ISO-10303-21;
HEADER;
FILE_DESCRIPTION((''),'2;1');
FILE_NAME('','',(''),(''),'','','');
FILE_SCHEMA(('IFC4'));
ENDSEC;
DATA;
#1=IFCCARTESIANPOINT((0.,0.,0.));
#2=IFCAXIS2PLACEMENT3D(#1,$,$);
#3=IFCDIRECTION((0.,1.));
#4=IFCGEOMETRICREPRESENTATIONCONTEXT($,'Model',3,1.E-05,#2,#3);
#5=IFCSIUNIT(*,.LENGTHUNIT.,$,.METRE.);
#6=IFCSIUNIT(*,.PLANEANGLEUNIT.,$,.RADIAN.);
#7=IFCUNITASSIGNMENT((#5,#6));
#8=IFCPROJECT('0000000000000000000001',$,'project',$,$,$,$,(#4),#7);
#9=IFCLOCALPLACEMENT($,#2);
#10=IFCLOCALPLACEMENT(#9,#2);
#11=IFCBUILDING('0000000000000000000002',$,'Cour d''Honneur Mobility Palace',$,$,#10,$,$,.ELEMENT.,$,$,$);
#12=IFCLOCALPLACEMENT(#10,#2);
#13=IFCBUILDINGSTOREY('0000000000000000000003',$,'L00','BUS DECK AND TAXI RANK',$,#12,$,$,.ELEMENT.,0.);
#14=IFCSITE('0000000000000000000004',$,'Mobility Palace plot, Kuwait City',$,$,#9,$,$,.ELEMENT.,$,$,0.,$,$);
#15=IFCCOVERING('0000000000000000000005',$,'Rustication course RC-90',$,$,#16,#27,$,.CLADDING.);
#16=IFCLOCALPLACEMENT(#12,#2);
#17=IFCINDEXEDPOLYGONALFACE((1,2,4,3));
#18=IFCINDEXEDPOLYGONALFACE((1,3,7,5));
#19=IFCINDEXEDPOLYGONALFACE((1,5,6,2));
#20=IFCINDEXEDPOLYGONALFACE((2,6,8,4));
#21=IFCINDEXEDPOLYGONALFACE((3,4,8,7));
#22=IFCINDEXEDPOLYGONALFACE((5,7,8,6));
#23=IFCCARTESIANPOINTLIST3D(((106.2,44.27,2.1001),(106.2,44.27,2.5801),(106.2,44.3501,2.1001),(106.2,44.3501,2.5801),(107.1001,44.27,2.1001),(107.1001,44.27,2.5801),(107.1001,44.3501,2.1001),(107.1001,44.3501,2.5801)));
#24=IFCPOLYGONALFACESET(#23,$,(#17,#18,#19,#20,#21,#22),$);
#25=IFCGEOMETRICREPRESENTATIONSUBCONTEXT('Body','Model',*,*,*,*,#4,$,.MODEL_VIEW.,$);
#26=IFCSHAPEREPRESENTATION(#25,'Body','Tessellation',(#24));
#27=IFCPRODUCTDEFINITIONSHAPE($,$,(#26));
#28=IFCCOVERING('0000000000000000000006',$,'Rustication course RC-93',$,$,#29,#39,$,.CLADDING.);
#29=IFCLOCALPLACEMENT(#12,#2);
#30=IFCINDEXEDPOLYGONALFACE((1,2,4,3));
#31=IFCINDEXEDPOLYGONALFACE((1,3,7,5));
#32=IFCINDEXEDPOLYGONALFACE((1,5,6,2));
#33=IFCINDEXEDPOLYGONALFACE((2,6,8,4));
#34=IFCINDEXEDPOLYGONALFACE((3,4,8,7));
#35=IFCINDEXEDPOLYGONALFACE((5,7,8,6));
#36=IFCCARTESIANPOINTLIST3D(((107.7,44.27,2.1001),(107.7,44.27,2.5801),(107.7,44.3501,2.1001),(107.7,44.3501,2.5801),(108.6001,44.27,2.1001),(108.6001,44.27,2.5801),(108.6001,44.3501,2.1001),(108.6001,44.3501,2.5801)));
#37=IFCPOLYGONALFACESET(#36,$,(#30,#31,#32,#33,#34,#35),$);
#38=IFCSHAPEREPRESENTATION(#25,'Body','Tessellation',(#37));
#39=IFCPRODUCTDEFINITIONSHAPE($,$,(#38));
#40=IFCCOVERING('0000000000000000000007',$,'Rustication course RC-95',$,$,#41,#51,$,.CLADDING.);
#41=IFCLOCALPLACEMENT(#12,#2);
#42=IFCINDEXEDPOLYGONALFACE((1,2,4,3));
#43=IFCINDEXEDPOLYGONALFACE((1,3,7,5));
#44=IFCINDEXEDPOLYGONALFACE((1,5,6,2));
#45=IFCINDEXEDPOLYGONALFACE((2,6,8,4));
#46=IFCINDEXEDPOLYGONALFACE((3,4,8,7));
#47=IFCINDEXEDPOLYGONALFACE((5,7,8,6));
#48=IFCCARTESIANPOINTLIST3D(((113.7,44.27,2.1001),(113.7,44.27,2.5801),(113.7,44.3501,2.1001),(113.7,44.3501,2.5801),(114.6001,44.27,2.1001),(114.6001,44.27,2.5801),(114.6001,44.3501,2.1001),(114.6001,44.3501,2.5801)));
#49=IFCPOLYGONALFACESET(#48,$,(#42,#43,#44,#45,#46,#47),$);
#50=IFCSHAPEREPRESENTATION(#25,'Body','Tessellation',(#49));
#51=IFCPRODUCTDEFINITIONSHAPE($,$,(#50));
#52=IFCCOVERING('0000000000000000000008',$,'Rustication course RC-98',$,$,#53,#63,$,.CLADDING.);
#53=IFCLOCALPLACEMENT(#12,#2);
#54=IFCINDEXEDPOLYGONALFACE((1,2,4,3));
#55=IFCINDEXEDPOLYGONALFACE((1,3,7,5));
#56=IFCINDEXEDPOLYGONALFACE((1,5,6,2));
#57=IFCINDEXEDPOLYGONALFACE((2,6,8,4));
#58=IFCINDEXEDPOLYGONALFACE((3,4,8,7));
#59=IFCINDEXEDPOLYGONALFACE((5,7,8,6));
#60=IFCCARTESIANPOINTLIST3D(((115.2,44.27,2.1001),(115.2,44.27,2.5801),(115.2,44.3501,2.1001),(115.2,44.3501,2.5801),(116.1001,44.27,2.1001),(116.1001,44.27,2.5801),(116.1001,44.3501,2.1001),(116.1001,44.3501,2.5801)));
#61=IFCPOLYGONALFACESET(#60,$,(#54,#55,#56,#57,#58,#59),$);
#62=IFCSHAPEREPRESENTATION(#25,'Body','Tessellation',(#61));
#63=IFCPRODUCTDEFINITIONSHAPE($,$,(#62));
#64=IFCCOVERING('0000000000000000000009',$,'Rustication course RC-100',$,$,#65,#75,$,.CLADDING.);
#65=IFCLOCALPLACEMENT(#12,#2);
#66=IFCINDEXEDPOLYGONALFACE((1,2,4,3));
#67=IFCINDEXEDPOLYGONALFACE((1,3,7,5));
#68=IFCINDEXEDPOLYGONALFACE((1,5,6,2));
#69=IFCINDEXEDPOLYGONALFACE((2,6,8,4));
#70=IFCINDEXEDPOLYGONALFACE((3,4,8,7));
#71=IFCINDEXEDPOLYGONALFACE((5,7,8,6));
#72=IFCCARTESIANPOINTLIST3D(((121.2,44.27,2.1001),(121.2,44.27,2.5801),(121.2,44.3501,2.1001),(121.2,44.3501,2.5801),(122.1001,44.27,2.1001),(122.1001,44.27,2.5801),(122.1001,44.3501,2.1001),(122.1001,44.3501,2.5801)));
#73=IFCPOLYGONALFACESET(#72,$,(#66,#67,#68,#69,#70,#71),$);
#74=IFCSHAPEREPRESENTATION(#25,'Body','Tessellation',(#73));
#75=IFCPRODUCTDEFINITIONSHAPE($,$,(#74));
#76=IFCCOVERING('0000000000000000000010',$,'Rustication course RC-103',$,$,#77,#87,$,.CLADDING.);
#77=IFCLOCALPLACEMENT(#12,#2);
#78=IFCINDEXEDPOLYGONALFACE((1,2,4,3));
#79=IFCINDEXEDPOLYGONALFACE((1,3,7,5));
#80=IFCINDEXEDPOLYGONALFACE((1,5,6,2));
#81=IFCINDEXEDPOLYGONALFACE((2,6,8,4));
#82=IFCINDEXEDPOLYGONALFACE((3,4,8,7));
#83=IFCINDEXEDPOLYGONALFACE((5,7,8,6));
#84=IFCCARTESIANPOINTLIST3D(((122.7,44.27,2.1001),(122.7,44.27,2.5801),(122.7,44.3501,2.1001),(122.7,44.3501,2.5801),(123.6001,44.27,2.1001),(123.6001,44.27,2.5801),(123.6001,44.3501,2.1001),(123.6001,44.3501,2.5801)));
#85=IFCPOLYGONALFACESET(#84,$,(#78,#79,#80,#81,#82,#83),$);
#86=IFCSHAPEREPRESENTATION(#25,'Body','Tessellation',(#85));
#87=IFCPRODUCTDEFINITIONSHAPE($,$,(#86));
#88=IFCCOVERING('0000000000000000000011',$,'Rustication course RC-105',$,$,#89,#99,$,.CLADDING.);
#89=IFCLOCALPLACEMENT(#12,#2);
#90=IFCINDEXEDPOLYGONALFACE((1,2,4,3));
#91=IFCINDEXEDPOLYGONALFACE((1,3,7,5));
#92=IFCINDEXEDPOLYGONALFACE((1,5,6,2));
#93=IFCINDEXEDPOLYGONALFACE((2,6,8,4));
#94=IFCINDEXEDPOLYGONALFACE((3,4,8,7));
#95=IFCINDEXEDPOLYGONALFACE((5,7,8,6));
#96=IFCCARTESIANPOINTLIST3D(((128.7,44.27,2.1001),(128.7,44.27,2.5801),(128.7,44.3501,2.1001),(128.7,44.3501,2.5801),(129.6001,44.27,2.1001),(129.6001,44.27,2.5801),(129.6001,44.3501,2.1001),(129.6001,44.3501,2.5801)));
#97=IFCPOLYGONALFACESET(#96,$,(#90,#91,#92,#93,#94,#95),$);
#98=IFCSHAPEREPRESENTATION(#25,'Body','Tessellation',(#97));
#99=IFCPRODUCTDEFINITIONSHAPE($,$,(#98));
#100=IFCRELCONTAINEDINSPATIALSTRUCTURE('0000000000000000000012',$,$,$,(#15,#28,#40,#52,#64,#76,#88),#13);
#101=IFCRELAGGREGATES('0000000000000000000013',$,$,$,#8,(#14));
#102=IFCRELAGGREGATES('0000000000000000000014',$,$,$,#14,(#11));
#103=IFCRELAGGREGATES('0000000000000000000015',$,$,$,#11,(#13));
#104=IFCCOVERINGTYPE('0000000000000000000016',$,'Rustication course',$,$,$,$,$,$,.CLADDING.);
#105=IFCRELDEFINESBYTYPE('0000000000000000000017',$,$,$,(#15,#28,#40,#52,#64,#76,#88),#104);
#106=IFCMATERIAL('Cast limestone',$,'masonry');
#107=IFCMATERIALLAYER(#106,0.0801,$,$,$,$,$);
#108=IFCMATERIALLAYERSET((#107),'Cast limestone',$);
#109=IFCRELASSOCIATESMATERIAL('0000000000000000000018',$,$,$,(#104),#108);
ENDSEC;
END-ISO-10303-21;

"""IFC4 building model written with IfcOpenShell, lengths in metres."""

from ifc_helpers import new_model, si_unit, direction, frame, origin, place, context, subcontext, project, spatial, polyline, outline, extrude, material, layer, layer_set, type_object, element, save


model = new_model("IFC4")

# Units and contexts
model_context = context("Model", 3, precision=1e-05, world=origin(), true_north=direction((0.0, 1.0)))
body_context = subcontext(model_context, "Body", "Model", "MODEL_VIEW")
ifc_project = project(units=[si_unit("LENGTHUNIT", "METRE"), si_unit("PLANEANGLEUNIT", "RADIAN")], contexts=[model_context])

# Site, building, storey
site_placement = place(None, origin())
site = spatial("IfcSite", under=ifc_project, at=site_placement, Name="Mobility Palace plot, Kuwait City", CompositionType="ELEMENT", RefElevation=0.0)
building_placement = place(site_placement, origin())
building = spatial("IfcBuilding", under=site, at=building_placement, Name="Cour d'Honneur Mobility Palace", CompositionType="ELEMENT")
storey_placement = place(building_placement, origin())
storey = spatial("IfcBuildingStorey", under=building, at=storey_placement, Name="L00", Description="BUS DECK AND TAXI RANK", CompositionType="ELEMENT", Elevation=0.0)

# Coverings
ifc_material = material(Name="Cast limestone", Category="masonry")
ifc_layer = layer(ifc_material, 0.0801)
ifc_layer_set = layer_set([ifc_layer], Name="Cast limestone")
covering_type = type_object("IfcCoveringType", Name="Rustication course", PredefinedType="CLADDING", material=ifc_layer_set)
covering_1_placement = place(storey_placement, frame((0.0, 0.0, 2.1001)))
element("IfcCovering", 1, at=covering_1_placement, inside=storey, type_object=covering_type, Name="Rustication course RC-90", PredefinedType="CLADDING", context=body_context, shape_type="SweptSolid", body=[
    extrude(outline(polyline([(106.2, 44.3501), (107.1001, 44.3501), (107.1001, 44.27), (106.2, 44.27), (106.2, 44.3501)])), origin(), (0.0, 0.0, 1.0), 0.48),
])
covering_2_placement = place(storey_placement, frame((0.0, 0.0, 2.1001)))
element("IfcCovering", 2, at=covering_2_placement, inside=storey, type_object=covering_type, Name="Rustication course RC-93", PredefinedType="CLADDING", context=body_context, shape_type="SweptSolid", body=[
    extrude(outline(polyline([(107.7, 44.3501), (108.6001, 44.3501), (108.6001, 44.27), (107.7, 44.27), (107.7, 44.3501)])), origin(), (0.0, 0.0, 1.0), 0.48),
])
covering_3_placement = place(storey_placement, frame((0.0, 0.0, 2.1001)))
element("IfcCovering", 3, at=covering_3_placement, inside=storey, type_object=covering_type, Name="Rustication course RC-95", PredefinedType="CLADDING", context=body_context, shape_type="SweptSolid", body=[
    extrude(outline(polyline([(113.7, 44.3501), (114.6001, 44.3501), (114.6001, 44.27), (113.7, 44.27), (113.7, 44.3501)])), origin(), (0.0, 0.0, 1.0), 0.48),
])
covering_4_placement = place(storey_placement, frame((0.0, 0.0, 2.1001)))
element("IfcCovering", 4, at=covering_4_placement, inside=storey, type_object=covering_type, Name="Rustication course RC-98", PredefinedType="CLADDING", context=body_context, shape_type="SweptSolid", body=[
    extrude(outline(polyline([(115.2, 44.3501), (116.1001, 44.3501), (116.1001, 44.27), (115.2, 44.27), (115.2, 44.3501)])), origin(), (0.0, 0.0, 1.0), 0.48),
])
covering_5_placement = place(storey_placement, frame((0.0, 0.0, 2.1001)))
element("IfcCovering", 5, at=covering_5_placement, inside=storey, type_object=covering_type, Name="Rustication course RC-100", PredefinedType="CLADDING", context=body_context, shape_type="SweptSolid", body=[
    extrude(outline(polyline([(121.2, 44.3501), (122.1001, 44.3501), (122.1001, 44.27), (121.2, 44.27), (121.2, 44.3501)])), origin(), (0.0, 0.0, 1.0), 0.48),
])
covering_6_placement = place(storey_placement, frame((0.0, 0.0, 2.1001)))
element("IfcCovering", 6, at=covering_6_placement, inside=storey, type_object=covering_type, Name="Rustication course RC-103", PredefinedType="CLADDING", context=body_context, shape_type="SweptSolid", body=[
    extrude(outline(polyline([(122.7, 44.3501), (123.6001, 44.3501), (123.6001, 44.27), (122.7, 44.27), (122.7, 44.3501)])), origin(), (0.0, 0.0, 1.0), 0.48),
])
covering_7_placement = place(storey_placement, frame((0.0, 0.0, 2.1001)))
element("IfcCovering", 7, at=covering_7_placement, inside=storey, type_object=covering_type, Name="Rustication course RC-105", PredefinedType="CLADDING", context=body_context, shape_type="SweptSolid", body=[
    extrude(outline(polyline([(128.7, 44.3501), (129.6001, 44.3501), (129.6001, 44.27), (128.7, 44.27), (128.7, 44.3501)])), origin(), (0.0, 0.0, 1.0), 0.48),
])

save(model, "model.ifc")
